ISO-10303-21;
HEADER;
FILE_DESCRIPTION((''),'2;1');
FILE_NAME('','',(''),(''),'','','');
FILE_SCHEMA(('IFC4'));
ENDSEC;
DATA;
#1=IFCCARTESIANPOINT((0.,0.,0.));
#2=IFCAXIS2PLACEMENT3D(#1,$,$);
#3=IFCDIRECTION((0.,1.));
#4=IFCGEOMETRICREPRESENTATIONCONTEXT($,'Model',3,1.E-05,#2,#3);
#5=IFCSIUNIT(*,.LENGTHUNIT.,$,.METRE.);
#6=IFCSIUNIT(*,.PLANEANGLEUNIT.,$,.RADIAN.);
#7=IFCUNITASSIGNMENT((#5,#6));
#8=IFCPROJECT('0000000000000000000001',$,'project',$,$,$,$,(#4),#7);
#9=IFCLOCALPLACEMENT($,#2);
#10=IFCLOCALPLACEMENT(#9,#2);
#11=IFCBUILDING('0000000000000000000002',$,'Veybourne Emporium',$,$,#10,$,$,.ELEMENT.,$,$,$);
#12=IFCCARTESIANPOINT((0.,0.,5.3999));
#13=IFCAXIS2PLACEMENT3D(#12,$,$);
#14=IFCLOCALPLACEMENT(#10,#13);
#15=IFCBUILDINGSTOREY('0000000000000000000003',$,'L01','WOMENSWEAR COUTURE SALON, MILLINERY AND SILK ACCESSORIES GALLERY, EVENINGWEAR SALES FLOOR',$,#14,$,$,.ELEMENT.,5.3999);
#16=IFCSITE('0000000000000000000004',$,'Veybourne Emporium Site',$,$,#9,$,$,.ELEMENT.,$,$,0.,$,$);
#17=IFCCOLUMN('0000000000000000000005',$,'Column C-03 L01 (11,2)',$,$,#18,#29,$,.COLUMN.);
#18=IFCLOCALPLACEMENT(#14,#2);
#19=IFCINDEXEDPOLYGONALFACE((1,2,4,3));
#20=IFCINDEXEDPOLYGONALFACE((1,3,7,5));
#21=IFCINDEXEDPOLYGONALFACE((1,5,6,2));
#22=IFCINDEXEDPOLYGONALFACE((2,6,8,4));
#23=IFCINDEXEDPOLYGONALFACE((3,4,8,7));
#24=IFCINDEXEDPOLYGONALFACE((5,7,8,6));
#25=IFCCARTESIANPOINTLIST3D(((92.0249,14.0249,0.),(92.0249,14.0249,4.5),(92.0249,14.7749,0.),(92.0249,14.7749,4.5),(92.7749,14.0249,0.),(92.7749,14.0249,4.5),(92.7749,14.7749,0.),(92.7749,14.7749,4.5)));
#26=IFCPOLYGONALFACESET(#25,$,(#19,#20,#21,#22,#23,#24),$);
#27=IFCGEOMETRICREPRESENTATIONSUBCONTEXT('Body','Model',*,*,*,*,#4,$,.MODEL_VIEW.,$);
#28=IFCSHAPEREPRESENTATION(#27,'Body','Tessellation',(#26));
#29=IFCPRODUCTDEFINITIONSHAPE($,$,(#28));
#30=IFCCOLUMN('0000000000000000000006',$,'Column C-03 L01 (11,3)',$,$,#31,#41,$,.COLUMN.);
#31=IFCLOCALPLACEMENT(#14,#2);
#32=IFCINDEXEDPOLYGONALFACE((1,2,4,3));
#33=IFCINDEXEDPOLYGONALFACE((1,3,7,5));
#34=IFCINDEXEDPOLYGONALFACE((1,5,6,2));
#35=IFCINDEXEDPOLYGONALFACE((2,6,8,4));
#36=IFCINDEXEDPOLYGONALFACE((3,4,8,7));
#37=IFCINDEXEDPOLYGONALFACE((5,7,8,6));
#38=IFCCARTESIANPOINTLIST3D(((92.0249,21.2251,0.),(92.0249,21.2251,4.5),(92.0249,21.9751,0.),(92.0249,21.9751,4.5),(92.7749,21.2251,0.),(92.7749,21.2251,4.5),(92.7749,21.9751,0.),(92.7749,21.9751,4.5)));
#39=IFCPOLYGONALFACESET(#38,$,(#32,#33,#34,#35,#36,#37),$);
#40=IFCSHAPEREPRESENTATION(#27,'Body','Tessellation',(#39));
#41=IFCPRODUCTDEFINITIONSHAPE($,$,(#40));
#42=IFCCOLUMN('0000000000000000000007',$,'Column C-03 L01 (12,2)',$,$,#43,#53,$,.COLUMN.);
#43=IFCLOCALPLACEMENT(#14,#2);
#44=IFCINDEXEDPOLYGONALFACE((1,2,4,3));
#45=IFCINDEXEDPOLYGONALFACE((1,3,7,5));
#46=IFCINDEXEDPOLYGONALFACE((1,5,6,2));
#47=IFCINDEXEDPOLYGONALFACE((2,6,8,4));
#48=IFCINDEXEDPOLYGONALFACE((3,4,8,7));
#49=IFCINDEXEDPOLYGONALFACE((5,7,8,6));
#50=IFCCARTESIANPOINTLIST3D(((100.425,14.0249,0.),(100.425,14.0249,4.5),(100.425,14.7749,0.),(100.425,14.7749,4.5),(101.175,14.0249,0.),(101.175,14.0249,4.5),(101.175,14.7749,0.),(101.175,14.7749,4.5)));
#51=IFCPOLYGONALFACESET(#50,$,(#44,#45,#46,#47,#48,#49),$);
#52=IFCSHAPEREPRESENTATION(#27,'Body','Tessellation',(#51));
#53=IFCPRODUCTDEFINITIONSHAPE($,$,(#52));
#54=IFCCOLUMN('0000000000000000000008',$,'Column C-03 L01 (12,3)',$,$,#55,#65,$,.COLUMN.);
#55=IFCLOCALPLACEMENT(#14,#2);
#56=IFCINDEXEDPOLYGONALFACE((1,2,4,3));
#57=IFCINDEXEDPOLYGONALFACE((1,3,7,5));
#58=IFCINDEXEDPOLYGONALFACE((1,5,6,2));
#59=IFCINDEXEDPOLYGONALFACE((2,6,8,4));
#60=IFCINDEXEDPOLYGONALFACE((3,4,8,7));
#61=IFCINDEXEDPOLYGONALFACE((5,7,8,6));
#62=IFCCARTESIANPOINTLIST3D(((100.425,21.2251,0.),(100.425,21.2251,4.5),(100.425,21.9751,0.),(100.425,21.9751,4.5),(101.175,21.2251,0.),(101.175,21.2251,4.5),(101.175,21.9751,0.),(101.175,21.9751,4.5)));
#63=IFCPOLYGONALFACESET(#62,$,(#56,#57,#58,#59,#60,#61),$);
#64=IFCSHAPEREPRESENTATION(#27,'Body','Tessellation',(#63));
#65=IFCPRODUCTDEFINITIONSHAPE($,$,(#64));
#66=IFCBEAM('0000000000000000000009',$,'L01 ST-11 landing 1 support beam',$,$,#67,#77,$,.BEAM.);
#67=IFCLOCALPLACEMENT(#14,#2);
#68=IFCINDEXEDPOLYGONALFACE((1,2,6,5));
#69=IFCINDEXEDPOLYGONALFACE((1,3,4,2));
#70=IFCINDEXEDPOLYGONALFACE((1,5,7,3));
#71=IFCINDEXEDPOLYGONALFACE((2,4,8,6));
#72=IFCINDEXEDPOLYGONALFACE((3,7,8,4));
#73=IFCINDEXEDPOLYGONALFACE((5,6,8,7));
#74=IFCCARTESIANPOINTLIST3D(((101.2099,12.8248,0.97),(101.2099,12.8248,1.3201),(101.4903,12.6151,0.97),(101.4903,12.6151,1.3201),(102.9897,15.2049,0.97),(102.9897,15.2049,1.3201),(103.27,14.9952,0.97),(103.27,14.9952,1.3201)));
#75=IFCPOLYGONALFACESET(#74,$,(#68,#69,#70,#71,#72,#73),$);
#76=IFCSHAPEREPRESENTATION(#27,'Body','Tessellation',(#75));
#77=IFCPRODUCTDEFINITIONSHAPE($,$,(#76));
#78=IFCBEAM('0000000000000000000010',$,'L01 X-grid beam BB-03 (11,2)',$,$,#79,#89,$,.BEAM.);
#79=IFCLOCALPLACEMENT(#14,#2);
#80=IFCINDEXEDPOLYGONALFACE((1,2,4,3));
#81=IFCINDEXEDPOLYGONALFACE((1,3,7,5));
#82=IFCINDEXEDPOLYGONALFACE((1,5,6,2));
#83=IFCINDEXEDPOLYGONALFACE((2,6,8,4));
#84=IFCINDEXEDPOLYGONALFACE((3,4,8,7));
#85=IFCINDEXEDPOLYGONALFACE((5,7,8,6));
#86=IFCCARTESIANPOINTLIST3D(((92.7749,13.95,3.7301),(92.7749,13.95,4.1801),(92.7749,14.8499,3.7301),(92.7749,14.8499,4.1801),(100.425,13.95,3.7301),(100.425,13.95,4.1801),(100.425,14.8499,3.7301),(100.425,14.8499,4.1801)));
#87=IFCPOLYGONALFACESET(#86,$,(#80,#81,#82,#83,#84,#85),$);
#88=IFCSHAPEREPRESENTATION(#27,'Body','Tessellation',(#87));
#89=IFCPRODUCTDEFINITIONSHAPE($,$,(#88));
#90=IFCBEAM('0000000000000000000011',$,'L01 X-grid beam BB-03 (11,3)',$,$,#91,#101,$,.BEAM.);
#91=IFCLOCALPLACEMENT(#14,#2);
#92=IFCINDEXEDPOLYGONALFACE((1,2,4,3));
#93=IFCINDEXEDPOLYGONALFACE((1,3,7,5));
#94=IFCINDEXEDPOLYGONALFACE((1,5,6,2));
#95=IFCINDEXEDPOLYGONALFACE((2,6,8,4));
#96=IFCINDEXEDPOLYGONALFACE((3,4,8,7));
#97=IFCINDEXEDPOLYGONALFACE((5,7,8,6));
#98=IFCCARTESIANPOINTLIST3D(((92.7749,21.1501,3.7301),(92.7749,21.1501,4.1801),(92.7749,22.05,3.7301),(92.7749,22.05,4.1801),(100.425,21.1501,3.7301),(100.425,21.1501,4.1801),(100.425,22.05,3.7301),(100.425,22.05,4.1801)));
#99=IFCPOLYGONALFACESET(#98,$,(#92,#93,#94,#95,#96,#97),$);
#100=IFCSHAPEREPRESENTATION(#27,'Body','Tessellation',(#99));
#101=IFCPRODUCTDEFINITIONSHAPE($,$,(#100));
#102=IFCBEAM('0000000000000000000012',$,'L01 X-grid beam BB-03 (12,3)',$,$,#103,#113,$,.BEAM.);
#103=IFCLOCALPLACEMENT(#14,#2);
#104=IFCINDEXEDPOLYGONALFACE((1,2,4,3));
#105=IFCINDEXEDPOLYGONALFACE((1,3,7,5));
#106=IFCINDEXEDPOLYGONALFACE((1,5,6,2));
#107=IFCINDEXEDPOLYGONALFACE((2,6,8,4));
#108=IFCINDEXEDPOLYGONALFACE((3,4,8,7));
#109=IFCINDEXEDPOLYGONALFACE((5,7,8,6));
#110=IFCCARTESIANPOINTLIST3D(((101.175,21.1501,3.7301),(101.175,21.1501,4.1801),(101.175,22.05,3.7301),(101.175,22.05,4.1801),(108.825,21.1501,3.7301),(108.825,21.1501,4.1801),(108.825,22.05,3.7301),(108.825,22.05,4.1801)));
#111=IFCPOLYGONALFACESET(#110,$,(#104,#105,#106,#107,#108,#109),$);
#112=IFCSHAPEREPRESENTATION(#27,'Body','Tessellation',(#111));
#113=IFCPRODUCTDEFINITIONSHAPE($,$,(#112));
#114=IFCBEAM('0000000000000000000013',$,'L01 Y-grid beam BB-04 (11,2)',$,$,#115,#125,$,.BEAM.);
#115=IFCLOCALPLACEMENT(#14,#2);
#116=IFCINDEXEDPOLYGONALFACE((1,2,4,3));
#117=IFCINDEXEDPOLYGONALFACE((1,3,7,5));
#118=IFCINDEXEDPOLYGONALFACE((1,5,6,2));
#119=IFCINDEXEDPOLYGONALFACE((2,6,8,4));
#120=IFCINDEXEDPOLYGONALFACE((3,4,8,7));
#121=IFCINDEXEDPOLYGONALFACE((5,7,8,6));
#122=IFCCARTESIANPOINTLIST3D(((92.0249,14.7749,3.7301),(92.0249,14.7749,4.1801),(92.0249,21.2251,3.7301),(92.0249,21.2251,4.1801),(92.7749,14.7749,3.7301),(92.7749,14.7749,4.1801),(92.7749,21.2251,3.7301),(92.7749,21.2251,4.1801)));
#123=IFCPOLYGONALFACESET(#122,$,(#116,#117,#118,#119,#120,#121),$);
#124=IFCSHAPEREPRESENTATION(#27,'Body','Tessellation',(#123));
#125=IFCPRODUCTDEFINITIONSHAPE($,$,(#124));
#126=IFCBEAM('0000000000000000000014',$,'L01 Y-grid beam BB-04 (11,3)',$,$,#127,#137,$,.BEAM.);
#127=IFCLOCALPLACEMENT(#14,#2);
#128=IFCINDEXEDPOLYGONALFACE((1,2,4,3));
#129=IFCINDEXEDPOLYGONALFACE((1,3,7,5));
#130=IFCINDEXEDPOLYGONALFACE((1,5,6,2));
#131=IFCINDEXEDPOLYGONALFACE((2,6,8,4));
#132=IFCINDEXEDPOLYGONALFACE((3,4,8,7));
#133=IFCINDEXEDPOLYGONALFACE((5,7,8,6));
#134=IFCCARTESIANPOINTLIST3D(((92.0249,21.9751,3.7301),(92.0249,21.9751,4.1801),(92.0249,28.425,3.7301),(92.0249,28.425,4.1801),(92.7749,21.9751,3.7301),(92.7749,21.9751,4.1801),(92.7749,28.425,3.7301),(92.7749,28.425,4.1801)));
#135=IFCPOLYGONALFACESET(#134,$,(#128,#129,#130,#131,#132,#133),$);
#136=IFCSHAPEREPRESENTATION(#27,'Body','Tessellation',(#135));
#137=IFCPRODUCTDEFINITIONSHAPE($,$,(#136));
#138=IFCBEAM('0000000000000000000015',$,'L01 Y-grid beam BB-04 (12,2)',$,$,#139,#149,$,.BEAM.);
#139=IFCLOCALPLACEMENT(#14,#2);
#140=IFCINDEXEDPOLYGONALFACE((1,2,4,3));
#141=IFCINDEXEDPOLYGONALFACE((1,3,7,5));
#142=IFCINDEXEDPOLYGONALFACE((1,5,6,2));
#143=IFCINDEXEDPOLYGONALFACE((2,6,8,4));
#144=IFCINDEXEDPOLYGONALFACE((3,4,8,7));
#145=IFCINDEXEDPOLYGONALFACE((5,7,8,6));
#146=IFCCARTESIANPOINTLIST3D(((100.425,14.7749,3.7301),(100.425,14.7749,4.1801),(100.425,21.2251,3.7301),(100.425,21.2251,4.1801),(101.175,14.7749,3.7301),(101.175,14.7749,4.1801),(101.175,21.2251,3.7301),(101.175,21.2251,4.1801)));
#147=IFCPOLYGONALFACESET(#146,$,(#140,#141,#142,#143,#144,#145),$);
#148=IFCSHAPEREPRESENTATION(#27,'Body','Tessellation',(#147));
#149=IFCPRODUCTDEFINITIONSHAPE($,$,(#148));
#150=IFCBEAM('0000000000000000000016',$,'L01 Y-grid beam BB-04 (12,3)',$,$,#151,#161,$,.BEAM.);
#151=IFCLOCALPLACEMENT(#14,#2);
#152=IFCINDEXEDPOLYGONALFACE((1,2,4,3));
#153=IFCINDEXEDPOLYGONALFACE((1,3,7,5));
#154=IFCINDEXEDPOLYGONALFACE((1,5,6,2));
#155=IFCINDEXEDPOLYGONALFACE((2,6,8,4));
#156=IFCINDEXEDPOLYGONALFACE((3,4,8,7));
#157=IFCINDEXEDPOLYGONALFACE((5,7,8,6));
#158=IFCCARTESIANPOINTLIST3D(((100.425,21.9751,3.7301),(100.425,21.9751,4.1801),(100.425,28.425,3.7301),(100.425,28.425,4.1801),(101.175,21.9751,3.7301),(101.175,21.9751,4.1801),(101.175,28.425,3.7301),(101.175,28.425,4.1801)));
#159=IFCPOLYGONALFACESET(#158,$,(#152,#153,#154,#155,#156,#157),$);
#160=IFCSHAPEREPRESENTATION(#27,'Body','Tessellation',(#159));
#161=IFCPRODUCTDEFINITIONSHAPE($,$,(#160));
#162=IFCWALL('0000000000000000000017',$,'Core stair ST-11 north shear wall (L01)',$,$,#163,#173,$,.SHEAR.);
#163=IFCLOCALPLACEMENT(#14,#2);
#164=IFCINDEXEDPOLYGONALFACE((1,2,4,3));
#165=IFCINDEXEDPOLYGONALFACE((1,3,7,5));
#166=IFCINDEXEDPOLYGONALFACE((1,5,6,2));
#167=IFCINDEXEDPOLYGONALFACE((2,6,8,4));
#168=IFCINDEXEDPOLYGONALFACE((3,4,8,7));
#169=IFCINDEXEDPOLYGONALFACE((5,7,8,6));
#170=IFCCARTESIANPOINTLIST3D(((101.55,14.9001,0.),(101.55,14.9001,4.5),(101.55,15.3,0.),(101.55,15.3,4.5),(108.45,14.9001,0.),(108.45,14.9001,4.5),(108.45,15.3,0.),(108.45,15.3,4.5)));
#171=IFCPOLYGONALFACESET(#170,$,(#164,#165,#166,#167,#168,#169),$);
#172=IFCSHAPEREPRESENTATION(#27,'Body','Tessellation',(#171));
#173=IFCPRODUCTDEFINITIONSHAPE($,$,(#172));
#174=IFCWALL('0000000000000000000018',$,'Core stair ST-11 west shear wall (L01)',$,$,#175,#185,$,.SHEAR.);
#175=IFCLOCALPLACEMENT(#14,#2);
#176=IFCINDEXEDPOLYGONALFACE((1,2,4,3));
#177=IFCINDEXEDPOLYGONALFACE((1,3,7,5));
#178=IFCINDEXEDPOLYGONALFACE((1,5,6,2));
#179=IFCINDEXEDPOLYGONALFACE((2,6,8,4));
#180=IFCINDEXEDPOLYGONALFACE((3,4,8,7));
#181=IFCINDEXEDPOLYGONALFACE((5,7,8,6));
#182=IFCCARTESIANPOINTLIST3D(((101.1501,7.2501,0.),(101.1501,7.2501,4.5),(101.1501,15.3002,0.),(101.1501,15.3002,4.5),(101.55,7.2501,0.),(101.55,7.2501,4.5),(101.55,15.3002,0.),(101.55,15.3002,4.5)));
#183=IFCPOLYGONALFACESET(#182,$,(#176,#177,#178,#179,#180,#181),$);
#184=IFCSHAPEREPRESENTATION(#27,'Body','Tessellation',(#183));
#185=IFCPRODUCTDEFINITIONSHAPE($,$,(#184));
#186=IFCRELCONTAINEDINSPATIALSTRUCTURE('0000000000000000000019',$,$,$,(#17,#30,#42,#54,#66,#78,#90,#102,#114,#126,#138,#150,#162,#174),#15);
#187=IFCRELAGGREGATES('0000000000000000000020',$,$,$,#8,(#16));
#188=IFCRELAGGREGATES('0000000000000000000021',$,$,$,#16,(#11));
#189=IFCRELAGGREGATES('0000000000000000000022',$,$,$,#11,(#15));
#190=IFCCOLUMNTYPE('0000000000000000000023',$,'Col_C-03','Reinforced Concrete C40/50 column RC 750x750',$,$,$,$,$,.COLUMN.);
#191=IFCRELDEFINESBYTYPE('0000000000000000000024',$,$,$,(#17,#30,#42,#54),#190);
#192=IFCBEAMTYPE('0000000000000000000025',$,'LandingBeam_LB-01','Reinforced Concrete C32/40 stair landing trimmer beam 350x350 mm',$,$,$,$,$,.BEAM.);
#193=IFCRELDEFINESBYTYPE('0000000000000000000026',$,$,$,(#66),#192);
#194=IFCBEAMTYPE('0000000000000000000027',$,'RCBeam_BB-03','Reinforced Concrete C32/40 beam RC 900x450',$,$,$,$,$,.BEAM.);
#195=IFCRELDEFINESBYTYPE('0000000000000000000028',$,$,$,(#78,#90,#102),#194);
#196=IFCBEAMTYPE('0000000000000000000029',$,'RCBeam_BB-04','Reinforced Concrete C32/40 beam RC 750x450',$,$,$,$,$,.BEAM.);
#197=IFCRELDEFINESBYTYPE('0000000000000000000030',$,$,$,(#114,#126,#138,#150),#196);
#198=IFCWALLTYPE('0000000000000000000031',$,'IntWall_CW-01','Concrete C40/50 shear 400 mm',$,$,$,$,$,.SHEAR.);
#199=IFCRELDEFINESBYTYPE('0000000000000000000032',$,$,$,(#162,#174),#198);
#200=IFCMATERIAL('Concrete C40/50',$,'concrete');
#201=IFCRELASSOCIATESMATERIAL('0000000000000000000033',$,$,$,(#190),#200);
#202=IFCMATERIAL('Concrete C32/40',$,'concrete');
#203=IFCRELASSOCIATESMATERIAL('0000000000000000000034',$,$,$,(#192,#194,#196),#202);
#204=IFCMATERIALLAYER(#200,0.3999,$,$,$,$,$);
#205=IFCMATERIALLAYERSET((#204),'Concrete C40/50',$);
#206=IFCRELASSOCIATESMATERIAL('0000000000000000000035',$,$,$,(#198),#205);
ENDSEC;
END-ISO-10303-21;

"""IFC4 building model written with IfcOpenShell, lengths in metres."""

from ifc_helpers import new_model, si_unit, direction, frame, frame_2d, origin, origin_2d, place, context, subcontext, project, spatial, rectangle, extrude, material, layer, layer_set, material_profile, profile_set, type_object, element, save


model = new_model("IFC4")

# Units and contexts
model_context = context("Model", 3, precision=1e-05, world=origin(), true_north=direction((0.0, 1.0)))
body_context = subcontext(model_context, "Body", "Model", "MODEL_VIEW")
ifc_project = project(units=[si_unit("LENGTHUNIT", "METRE"), si_unit("PLANEANGLEUNIT", "RADIAN")], contexts=[model_context])

# Site, building, storey
site_placement = place(None, origin())
site = spatial("IfcSite", under=ifc_project, at=site_placement, Name="Veybourne Emporium Site", CompositionType="ELEMENT", RefElevation=0.0)
building_placement = place(site_placement, origin())
building = spatial("IfcBuilding", under=site, at=building_placement, Name="Veybourne Emporium", CompositionType="ELEMENT")
storey_placement = place(building_placement, frame((0.0, 0.0, 5.3999)))
storey = spatial("IfcBuildingStorey", under=building, at=storey_placement, Name="L01", Description="WOMENSWEAR COUTURE SALON, MILLINERY AND SILK ACCESSORIES GALLERY, EVENINGWEAR SALES FLOOR", CompositionType="ELEMENT", Elevation=5.3999)

# Columns
ifc_material_1 = material(Name="Concrete C40/50", Category="concrete")
ifc_material_profile_1 = material_profile(ifc_material_1, rectangle(XDim=0.75, YDim=0.75, at=origin_2d()), Name="RC 750x750")
ifc_profile_set_1 = profile_set([ifc_material_profile_1], Name="Concrete C40/50")
column_type = type_object("IfcColumnType", Name="Col_C-03", Description="Reinforced Concrete C40/50 column RC 750x750", PredefinedType="COLUMN", material=ifc_profile_set_1)
for number, where, z_axis, x_axis, name in (
    (1, (92.3999, 14.3999, 0.0), (0.0, 0.0, 1.0), (1.0, 0.0, 0.0), "Column C-03 L01 (11,2)"),
    (2, (92.3999, 21.6001, 0.0), (0.0, 0.0, 1.0), (1.0, 0.0, 0.0), "Column C-03 L01 (11,3)"),
    (3, (100.8, 14.3999, 0.0), (0.0, 0.0, 1.0), (1.0, 0.0, 0.0), "Column C-03 L01 (12,2)"),
    (4, (100.8, 21.6001, 0.0), (0.0, 0.0, 1.0), (1.0, 0.0, 0.0), "Column C-03 L01 (12,3)"),
):
    element("IfcColumn", number, at=place(storey_placement, frame(where, z_axis=z_axis, x_axis=x_axis)), inside=storey, type_object=column_type, Name=name, PredefinedType="COLUMN", context=body_context, shape_type="SweptSolid", body=[
        extrude(rectangle(XDim=0.75, YDim=0.75, at=origin_2d()), origin(), (0.0, 0.0, 1.0), 4.5),
    ])

# Beams
ifc_material_2 = material(Name="Concrete C32/40", Category="concrete")
ifc_material_profile_2 = material_profile(ifc_material_2, rectangle(XDim=0.3501, YDim=0.3501, at=origin_2d()), Name="RC 350x350")
ifc_profile_set_2 = profile_set([ifc_material_profile_2], Name="Concrete C32/40")
beam_type_1 = type_object("IfcBeamType", Name="LandingBeam_LB-01", Description="Reinforced Concrete C32/40 stair landing trimmer beam 350x350 mm", PredefinedType="BEAM", material=ifc_profile_set_2)
beam_1_placement = place(storey_placement, frame((101.3501, 12.72, 1.145), z_axis=(0.598856, 0.800857, 0.0), x_axis=(-0.800857, 0.598856, 0.0)))
element("IfcBeam", 5, at=beam_1_placement, inside=storey, type_object=beam_type_1, Name="L01 ST-11 landing 1 support beam", PredefinedType="BEAM", context=body_context, shape_type="SweptSolid", body=[
    extrude(rectangle(XDim=0.3501, YDim=0.3501, at=origin_2d()), origin(), (0.0, 0.0, 1.0), 2.9719),
])
ifc_material_profile_3 = material_profile(ifc_material_2, rectangle(XDim=0.8999, YDim=0.45, at=origin_2d()), Name="RC 900x450")
ifc_profile_set_3 = profile_set([ifc_material_profile_3], Name="Concrete C32/40")
beam_type_2 = type_object("IfcBeamType", Name="RCBeam_BB-03", Description="Reinforced Concrete C32/40 beam RC 900x450", PredefinedType="BEAM", material=ifc_profile_set_3)
for number, where, z_axis, x_axis, name in (
    (6, (92.7749, 14.3999, 3.9551), (1.0, 0.0, 0.0), (0.0, 1.0, 0.0), "L01 X-grid beam BB-03 (11,2)"),
    (7, (92.7749, 21.6001, 3.9551), (1.0, 0.0, 0.0), (0.0, 1.0, 0.0), "L01 X-grid beam BB-03 (11,3)"),
):
    element("IfcBeam", number, at=place(storey_placement, frame(where, z_axis=z_axis, x_axis=x_axis)), inside=storey, type_object=beam_type_2, Name=name, PredefinedType="BEAM", context=body_context, shape_type="SweptSolid", body=[
        extrude(rectangle(XDim=0.8999, YDim=0.45, at=origin_2d()), origin(), (0.0, 0.0, 1.0), 7.6501),
    ])
beam_2_placement = place(storey_placement, frame((101.175, 21.6001, 3.9551), z_axis=(1.0, 0.0, 0.0), x_axis=(0.0, 1.0, 0.0)))
element("IfcBeam", 8, at=beam_2_placement, inside=storey, type_object=beam_type_2, Name="L01 X-grid beam BB-03 (12,3)", PredefinedType="BEAM", context=body_context, shape_type="SweptSolid", body=[
    extrude(rectangle(XDim=0.8999, YDim=0.45, at=origin_2d()), origin(), (0.0, 0.0, 1.0), 7.6499),
])
ifc_material_profile_4 = material_profile(ifc_material_2, rectangle(XDim=0.75, YDim=0.45, at=origin_2d()), Name="RC 750x450")
ifc_profile_set_4 = profile_set([ifc_material_profile_4], Name="Concrete C32/40")
beam_type_3 = type_object("IfcBeamType", Name="RCBeam_BB-04", Description="Reinforced Concrete C32/40 beam RC 750x450", PredefinedType="BEAM", material=ifc_profile_set_4)
beam_3_placement = place(storey_placement, frame((92.3999, 14.7749, 3.9551), z_axis=(0.0, 1.0, 0.0), x_axis=(-1.0, 0.0, 0.0)))
element("IfcBeam", 9, at=beam_3_placement, inside=storey, type_object=beam_type_3, Name="L01 Y-grid beam BB-04 (11,2)", PredefinedType="BEAM", context=body_context, shape_type="SweptSolid", body=[
    extrude(rectangle(XDim=0.75, YDim=0.45, at=origin_2d()), origin(), (0.0, 0.0, 1.0), 6.4502),
])
beam_4_placement = place(storey_placement, frame((92.3999, 21.9751, 3.9551), z_axis=(0.0, 1.0, 0.0), x_axis=(-1.0, 0.0, 0.0)))
element("IfcBeam", 10, at=beam_4_placement, inside=storey, type_object=beam_type_3, Name="L01 Y-grid beam BB-04 (11,3)", PredefinedType="BEAM", context=body_context, shape_type="SweptSolid", body=[
    extrude(rectangle(XDim=0.75, YDim=0.45, at=origin_2d()), origin(), (0.0, 0.0, 1.0), 6.45),
])
beam_5_placement = place(storey_placement, frame((100.8, 14.7749, 3.9551), z_axis=(0.0, 1.0, 0.0), x_axis=(-1.0, 0.0, 0.0)))
element("IfcBeam", 11, at=beam_5_placement, inside=storey, type_object=beam_type_3, Name="L01 Y-grid beam BB-04 (12,2)", PredefinedType="BEAM", context=body_context, shape_type="SweptSolid", body=[
    extrude(rectangle(XDim=0.75, YDim=0.45, at=origin_2d()), origin(), (0.0, 0.0, 1.0), 6.4502),
])
beam_6_placement = place(storey_placement, frame((100.8, 21.9751, 3.9551), z_axis=(0.0, 1.0, 0.0), x_axis=(-1.0, 0.0, 0.0)))
element("IfcBeam", 12, at=beam_6_placement, inside=storey, type_object=beam_type_3, Name="L01 Y-grid beam BB-04 (12,3)", PredefinedType="BEAM", context=body_context, shape_type="SweptSolid", body=[
    extrude(rectangle(XDim=0.75, YDim=0.45, at=origin_2d()), origin(), (0.0, 0.0, 1.0), 6.45),
])

# Walls
ifc_layer_1 = layer(ifc_material_1, 0.3999)
ifc_layer_set_1 = layer_set([ifc_layer_1], Name="Concrete C40/50")
wall_type_1 = type_object("IfcWallType", Name="IntWall_CW-01", Description="Concrete C40/50 shear 400 mm", PredefinedType="SHEAR", material=ifc_layer_set_1)
wall_1_placement = place(storey_placement, frame((101.55, 15.1001, 0.0), z_axis=(0.0, 0.0, 1.0), x_axis=(1.0, 0.0, 0.0)))
element("IfcWall", 13, at=wall_1_placement, inside=storey, type_object=wall_type_1, Name="Core stair ST-11 north shear wall (L01)", PredefinedType="SHEAR", context=body_context, shape_type="SweptSolid", body=[
    extrude(rectangle(XDim=6.8999, YDim=0.3999, at=frame_2d((3.45, 0.0))), origin(), (0.0, 0.0, 1.0), 4.5),
])
wall_2_placement = place(storey_placement, frame((101.3501, 15.3, 0.0), z_axis=(0.0, 0.0, 1.0), x_axis=(0.0, -1.0, 0.0)))
element("IfcWall", 14, at=wall_2_placement, inside=storey, type_object=wall_type_1, Name="Core stair ST-11 west shear wall (L01)", PredefinedType="SHEAR", context=body_context, shape_type="SweptSolid", body=[
    extrude(rectangle(XDim=8.05, YDim=0.3999, at=frame_2d((4.0249, 0.0))), origin(), (0.0, 0.0, 1.0), 4.5),
])

save(model, "model.ifc")
